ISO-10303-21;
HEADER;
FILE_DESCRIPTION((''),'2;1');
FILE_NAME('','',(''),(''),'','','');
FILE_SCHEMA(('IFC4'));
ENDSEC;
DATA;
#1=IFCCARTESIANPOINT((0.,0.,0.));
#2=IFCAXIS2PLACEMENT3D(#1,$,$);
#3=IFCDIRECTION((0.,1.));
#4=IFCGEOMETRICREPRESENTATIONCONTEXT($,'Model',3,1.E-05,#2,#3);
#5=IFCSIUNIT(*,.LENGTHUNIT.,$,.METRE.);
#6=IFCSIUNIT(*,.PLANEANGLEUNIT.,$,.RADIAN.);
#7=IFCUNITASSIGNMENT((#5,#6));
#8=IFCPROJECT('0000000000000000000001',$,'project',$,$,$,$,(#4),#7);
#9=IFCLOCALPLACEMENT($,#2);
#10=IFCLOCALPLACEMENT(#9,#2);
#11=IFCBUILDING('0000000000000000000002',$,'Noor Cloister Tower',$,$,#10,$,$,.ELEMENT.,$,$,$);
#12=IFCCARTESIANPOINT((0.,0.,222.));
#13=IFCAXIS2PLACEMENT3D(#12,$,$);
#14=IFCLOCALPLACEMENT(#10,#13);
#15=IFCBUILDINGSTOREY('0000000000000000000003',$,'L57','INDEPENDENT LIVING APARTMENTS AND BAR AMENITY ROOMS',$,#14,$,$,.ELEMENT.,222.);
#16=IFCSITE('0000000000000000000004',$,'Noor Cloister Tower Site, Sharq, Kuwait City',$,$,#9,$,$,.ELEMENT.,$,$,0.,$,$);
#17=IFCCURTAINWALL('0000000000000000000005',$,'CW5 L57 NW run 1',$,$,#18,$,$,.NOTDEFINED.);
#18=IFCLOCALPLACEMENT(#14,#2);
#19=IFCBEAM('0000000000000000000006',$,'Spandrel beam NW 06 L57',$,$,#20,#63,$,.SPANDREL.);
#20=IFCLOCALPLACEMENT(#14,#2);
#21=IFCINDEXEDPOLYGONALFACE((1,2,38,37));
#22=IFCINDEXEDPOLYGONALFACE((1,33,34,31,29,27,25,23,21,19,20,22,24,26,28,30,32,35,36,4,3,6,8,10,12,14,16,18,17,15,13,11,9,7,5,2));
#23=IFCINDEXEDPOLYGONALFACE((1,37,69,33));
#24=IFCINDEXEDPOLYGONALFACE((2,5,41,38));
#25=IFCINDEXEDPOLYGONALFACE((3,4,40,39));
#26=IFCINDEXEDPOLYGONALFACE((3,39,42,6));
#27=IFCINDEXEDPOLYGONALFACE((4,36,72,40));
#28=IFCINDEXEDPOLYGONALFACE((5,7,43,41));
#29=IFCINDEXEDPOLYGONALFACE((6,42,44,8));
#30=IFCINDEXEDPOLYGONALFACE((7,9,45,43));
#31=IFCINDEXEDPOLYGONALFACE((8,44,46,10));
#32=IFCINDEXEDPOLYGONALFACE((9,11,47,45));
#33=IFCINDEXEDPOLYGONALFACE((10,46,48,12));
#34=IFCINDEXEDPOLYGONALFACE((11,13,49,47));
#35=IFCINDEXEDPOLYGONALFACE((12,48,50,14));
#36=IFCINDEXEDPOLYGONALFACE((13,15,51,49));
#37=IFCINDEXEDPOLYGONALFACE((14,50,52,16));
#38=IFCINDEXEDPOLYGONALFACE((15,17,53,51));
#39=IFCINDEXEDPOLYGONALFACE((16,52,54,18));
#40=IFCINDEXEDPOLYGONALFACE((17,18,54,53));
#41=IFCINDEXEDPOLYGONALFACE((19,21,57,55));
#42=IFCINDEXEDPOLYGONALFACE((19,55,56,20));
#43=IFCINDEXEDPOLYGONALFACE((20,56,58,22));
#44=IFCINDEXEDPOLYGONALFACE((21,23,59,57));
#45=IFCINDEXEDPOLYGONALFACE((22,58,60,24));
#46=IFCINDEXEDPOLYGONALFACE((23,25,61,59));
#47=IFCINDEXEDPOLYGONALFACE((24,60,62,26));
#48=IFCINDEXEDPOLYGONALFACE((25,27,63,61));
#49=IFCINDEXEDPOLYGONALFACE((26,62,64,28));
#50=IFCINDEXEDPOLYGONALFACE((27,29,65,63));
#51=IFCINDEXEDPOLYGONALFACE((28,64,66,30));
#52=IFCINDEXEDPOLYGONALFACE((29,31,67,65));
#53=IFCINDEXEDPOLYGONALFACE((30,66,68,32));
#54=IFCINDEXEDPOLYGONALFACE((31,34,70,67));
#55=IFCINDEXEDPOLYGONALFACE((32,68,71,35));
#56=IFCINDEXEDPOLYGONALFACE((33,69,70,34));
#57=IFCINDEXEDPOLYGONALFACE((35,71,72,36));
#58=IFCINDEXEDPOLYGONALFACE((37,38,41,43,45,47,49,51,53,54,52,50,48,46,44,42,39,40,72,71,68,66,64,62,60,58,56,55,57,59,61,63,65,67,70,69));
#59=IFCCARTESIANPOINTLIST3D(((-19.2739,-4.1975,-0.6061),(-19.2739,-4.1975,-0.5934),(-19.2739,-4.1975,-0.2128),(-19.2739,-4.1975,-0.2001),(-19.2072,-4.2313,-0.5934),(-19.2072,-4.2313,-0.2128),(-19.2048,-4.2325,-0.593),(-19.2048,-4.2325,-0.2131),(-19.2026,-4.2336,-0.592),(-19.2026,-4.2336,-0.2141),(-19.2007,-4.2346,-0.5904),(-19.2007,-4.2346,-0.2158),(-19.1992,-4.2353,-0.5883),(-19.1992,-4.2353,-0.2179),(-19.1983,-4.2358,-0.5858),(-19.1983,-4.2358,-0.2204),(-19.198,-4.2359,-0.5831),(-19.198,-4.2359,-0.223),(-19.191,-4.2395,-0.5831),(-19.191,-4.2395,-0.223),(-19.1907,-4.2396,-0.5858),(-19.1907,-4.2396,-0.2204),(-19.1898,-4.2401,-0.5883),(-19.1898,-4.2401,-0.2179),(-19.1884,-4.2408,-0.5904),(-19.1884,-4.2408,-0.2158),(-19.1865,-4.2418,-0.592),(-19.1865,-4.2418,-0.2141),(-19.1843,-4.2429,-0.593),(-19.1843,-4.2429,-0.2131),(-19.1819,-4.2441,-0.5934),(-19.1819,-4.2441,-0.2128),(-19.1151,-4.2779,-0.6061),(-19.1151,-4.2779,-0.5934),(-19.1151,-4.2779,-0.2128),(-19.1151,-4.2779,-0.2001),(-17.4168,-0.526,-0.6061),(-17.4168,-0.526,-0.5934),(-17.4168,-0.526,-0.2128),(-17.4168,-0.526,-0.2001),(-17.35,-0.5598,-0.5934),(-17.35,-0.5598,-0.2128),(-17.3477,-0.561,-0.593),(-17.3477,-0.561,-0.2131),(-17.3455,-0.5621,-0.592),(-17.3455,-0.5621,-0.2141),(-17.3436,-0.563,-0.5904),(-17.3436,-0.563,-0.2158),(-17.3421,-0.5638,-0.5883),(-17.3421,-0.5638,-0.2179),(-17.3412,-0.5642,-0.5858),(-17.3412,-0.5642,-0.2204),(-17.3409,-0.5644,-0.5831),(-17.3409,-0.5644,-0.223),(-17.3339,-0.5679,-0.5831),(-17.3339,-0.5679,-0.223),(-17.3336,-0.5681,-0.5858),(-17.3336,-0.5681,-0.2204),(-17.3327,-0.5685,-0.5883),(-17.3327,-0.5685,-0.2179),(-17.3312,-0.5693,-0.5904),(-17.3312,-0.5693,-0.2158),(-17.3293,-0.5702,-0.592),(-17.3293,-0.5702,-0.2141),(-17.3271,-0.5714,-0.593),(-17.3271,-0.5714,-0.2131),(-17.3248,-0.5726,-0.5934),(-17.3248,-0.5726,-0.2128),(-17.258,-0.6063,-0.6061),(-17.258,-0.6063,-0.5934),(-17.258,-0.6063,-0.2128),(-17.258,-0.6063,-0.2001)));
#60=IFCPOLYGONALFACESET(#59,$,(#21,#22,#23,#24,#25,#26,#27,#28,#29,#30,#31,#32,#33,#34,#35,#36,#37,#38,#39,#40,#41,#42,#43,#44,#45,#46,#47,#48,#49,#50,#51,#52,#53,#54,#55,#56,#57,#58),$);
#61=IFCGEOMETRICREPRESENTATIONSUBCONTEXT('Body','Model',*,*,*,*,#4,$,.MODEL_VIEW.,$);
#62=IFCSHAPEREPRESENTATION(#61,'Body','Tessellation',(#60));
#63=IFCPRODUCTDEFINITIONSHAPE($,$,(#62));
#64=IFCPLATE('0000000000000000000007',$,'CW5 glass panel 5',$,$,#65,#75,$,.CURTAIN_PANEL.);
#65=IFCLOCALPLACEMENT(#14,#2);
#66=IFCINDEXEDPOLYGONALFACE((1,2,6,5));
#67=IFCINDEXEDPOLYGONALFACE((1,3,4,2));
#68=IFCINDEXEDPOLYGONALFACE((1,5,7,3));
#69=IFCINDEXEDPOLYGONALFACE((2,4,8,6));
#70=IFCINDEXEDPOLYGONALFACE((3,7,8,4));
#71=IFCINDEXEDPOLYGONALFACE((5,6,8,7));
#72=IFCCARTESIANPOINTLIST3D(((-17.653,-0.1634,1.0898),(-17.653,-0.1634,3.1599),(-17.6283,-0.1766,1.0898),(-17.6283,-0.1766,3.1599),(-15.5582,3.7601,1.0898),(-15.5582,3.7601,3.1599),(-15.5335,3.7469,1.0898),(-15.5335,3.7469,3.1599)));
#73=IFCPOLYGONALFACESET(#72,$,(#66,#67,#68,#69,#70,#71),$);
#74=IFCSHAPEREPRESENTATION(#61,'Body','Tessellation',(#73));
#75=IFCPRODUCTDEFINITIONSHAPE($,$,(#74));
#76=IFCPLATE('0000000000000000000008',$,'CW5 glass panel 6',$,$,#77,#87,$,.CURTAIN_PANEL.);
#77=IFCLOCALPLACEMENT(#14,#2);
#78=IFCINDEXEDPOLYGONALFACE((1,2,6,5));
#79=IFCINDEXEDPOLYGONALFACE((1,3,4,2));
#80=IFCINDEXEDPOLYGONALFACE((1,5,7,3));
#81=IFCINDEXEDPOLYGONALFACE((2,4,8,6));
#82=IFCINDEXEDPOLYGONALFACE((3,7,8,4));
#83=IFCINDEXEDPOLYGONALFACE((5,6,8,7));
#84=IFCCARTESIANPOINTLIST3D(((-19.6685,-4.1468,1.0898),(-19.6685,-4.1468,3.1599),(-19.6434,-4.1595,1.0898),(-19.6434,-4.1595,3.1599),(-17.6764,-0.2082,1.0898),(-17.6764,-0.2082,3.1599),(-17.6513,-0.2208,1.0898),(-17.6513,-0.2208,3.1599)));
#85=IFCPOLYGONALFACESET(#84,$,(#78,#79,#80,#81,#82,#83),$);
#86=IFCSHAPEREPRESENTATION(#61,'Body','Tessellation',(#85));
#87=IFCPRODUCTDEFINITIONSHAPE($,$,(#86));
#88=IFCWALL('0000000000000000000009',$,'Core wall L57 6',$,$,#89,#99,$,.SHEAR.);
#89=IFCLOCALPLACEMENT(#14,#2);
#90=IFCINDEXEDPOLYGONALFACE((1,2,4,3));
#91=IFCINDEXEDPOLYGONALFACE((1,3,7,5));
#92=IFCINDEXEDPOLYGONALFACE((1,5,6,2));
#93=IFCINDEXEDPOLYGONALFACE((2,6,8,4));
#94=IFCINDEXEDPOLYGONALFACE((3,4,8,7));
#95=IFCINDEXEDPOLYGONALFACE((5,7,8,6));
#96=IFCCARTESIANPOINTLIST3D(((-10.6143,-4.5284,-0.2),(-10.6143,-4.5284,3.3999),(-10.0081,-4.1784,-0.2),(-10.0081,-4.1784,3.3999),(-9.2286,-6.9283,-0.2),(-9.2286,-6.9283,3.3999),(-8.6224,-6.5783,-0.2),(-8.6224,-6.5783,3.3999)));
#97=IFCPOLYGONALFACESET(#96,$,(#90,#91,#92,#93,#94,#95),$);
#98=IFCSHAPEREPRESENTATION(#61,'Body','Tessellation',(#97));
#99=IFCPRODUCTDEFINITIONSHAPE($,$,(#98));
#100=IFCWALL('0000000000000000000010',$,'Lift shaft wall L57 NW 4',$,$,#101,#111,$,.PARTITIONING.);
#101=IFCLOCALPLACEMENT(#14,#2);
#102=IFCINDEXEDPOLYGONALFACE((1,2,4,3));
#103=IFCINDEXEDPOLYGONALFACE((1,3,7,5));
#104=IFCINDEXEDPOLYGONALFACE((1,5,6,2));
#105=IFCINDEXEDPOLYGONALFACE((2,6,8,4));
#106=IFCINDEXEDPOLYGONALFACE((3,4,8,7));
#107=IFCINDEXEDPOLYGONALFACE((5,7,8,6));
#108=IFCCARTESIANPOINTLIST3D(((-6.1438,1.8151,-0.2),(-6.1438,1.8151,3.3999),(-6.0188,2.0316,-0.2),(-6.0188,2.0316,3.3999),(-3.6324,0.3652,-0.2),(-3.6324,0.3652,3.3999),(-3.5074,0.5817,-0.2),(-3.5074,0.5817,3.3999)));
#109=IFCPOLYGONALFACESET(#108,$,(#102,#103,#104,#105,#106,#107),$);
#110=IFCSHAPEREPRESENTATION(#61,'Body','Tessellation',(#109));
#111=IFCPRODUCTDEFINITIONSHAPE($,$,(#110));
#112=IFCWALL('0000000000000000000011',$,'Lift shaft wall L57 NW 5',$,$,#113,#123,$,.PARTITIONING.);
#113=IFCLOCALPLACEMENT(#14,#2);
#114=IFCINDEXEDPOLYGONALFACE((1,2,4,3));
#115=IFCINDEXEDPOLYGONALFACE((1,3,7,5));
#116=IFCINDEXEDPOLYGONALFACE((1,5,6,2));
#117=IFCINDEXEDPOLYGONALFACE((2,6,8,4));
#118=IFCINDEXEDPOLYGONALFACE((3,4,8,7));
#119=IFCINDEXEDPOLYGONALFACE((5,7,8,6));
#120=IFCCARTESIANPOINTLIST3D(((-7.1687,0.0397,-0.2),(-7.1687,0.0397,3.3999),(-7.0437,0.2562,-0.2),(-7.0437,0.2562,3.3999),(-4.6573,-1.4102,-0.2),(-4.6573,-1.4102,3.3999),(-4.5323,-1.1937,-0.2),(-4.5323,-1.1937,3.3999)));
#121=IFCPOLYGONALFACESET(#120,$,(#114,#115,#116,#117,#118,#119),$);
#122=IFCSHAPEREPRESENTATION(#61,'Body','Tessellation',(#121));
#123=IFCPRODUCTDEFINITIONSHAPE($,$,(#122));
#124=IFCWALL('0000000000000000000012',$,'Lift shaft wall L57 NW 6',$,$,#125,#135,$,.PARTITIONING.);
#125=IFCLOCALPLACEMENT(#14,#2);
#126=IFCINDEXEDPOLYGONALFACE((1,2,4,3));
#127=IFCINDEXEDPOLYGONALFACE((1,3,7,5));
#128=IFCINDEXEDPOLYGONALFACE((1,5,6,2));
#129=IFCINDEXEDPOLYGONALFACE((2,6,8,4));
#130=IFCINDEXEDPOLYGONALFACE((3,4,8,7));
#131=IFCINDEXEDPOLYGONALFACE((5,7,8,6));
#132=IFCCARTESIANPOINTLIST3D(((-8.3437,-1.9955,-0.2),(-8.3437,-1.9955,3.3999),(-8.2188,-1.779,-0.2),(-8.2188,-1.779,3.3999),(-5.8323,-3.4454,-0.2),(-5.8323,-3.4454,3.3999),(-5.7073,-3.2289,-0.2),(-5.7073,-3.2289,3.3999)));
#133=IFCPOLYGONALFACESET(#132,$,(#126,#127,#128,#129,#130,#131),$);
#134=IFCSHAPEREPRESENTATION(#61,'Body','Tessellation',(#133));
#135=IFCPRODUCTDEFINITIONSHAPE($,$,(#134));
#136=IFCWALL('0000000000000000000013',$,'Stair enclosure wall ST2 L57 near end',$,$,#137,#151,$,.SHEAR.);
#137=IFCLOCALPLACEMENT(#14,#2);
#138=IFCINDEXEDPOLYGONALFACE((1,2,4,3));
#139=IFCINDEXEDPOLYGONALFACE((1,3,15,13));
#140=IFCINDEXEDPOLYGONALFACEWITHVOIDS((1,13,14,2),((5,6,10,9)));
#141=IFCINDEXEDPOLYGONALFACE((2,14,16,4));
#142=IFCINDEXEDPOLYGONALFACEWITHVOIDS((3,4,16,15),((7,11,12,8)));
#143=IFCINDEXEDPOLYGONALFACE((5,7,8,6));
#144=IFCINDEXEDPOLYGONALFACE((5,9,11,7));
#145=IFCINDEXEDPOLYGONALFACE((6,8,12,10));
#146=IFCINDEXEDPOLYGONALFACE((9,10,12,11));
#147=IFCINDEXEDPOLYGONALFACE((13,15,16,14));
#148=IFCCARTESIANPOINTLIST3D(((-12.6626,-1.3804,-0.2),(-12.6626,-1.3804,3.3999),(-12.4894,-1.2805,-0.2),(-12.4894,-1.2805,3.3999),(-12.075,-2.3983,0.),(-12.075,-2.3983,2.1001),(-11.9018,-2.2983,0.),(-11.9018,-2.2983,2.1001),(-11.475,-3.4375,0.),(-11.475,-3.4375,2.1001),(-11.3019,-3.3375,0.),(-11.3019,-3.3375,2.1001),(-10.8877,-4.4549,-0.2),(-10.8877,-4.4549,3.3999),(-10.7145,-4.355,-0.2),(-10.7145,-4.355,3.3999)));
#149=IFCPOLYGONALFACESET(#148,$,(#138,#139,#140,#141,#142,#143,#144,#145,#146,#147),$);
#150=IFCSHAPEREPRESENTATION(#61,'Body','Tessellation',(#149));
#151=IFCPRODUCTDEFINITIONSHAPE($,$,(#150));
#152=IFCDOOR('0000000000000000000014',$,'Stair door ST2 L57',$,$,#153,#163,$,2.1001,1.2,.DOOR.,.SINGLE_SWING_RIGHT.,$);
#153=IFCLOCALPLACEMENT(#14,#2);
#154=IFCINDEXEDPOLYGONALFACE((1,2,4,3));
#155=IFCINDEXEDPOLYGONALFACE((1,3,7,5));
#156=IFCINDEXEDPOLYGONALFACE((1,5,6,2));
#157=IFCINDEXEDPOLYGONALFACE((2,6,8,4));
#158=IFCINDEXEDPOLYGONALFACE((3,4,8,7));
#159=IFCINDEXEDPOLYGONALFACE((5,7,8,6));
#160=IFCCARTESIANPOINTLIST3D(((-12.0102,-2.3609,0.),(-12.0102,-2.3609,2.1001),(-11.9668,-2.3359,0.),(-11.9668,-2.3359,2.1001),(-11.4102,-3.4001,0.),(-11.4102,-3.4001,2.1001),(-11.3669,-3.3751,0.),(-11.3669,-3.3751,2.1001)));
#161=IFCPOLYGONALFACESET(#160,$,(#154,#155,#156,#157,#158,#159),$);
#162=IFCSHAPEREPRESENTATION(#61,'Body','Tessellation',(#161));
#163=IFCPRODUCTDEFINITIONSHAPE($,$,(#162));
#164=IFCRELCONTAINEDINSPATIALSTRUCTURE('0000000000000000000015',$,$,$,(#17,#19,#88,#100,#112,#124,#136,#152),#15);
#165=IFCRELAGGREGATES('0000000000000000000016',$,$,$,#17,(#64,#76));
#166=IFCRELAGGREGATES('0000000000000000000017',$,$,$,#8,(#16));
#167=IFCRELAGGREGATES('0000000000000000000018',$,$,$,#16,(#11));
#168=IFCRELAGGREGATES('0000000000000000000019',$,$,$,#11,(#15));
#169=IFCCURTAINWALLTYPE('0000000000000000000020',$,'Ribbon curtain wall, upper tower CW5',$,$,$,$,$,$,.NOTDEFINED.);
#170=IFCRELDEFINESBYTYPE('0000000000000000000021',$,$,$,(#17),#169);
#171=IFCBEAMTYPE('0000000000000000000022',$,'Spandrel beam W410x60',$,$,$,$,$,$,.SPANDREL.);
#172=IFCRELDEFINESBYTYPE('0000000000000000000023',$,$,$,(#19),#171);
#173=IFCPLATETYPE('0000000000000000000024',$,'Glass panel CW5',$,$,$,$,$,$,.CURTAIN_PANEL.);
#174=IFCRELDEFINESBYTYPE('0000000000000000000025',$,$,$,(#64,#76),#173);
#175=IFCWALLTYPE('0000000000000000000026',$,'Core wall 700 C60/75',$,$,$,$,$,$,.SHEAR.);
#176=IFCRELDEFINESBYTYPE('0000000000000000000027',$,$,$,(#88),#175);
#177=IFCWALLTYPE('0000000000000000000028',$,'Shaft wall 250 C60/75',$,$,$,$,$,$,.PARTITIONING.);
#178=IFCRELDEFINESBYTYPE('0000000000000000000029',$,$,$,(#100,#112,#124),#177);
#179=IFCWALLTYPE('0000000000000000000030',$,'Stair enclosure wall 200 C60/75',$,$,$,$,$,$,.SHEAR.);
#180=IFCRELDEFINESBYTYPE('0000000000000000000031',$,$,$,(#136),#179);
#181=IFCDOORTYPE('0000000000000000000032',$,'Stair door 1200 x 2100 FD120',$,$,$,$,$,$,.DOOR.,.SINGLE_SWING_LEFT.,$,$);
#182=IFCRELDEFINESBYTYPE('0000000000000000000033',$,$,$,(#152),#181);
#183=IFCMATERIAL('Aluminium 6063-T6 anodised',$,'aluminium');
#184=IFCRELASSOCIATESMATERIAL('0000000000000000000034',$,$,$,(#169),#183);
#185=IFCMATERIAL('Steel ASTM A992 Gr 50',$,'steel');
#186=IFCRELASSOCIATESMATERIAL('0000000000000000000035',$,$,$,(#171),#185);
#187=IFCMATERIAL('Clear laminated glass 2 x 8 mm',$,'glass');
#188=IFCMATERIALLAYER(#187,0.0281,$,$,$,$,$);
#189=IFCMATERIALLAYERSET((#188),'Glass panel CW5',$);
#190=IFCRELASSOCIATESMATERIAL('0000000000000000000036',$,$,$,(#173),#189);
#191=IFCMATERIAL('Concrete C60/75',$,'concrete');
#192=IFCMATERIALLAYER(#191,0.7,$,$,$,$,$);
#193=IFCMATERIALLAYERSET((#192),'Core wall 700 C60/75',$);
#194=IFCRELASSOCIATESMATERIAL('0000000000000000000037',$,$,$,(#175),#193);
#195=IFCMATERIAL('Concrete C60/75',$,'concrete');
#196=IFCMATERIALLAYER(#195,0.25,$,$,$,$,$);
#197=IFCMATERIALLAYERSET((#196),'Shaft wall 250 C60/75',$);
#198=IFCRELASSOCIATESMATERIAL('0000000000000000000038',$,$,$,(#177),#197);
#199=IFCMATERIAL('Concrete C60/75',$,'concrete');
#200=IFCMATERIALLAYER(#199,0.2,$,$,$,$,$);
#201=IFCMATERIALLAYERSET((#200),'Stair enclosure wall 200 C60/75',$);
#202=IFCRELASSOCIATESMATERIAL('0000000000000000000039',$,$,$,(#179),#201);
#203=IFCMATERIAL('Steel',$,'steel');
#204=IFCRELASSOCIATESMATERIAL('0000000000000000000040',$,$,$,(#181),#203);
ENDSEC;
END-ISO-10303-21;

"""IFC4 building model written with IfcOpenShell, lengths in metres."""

from ifc_helpers import new_model, si_unit, direction, frame, frame_2d, origin, origin_2d, place, context, subcontext, project, spatial, rectangle, i_section, extrude, material, layer, layer_set, material_profile, profile_set, type_object, element, fill, aggregate, save


model = new_model("IFC4")

# Units and contexts
model_context = context("Model", 3, precision=1e-05, world=origin(), true_north=direction((0.0, 1.0)))
body_context = subcontext(model_context, "Body", "Model", "MODEL_VIEW")
ifc_project = project(units=[si_unit("LENGTHUNIT", "METRE"), si_unit("PLANEANGLEUNIT", "RADIAN")], contexts=[model_context])

# Site, building, storey
site_placement = place(None, origin())
site = spatial("IfcSite", under=ifc_project, at=site_placement, Name="Noor Cloister Tower Site, Sharq, Kuwait City", CompositionType="ELEMENT", RefElevation=0.0)
building_placement = place(site_placement, origin())
building = spatial("IfcBuilding", under=site, at=building_placement, Name="Noor Cloister Tower", CompositionType="ELEMENT")
storey_placement = place(building_placement, frame((0.0, 0.0, 222.0)))
storey = spatial("IfcBuildingStorey", under=building, at=storey_placement, Name="L57", Description="INDEPENDENT LIVING APARTMENTS AND BAR AMENITY ROOMS", CompositionType="ELEMENT", Elevation=222.0)

# Curtain wall
ifc_material_1 = material(Name="Aluminium 6063-T6 anodised", Category="aluminium")
curtain_wall_type = type_object("IfcCurtainWallType", Name="Ribbon curtain wall, upper tower CW5", PredefinedType="NOTDEFINED", material=ifc_material_1)
curtain_wall_placement = place(storey_placement, origin())
curtain_wall = element("IfcCurtainWall", 1, at=curtain_wall_placement, inside=storey, type_object=curtain_wall_type, Name="CW5 L57 NW run 1", PredefinedType="NOTDEFINED")

# Beam
ifc_material_2 = material(Name="Steel ASTM A992 Gr 50", Category="steel")
ifc_material_profile_1 = material_profile(ifc_material_2, i_section(OverallWidth=0.178, OverallDepth=0.406, WebThickness=0.0078, FlangeThickness=0.0127, FilletRadius=0.0103, at=origin_2d()), Name="W410x60")
ifc_profile_set_1 = profile_set([ifc_material_profile_1], Name="Steel ASTM A992 Gr 50")
beam_type_1 = type_object("IfcBeamType", Name="Spandrel beam W410x60", PredefinedType="SPANDREL", material=ifc_profile_set_1)
beam_1_placement = place(storey_placement, frame((-17.3374, -0.5662, -0.4031), z_axis=(-0.451362, -0.892341, 0.0), x_axis=(0.892341, -0.451362, 0.0)))
element("IfcBeam", 2, at=beam_1_placement, inside=storey, type_object=beam_type_1, Name="Spandrel beam NW 06 L57", PredefinedType="SPANDREL", context=body_context, shape_type="SweptSolid", body=[
    extrude(i_section(OverallWidth=0.178, OverallDepth=0.406, WebThickness=0.0078, FlangeThickness=0.0127, FilletRadius=0.0103, at=origin_2d()), origin(), (0.0, 0.0, 1.0), 4.1145),
])

# Plates
ifc_material_3 = material(Name="Clear laminated glass 2 x 8 mm", Category="glass")
ifc_layer_1 = layer(ifc_material_3, 0.0281)
ifc_layer_set_1 = layer_set([ifc_layer_1], Name="Glass panel CW5")
plate_type = type_object("IfcPlateType", Name="Glass panel CW5", PredefinedType="CURTAIN_PANEL", material=ifc_layer_set_1)
plate_1_placement = place(storey_placement, frame((-16.5933, 1.7917, 1.0898), z_axis=(0.0, 0.0, 1.0), x_axis=(-0.470978, -0.882145, 0.0)))
plate_1 = element("IfcPlate", 3, at=plate_1_placement, type_object=plate_type, Name="CW5 glass panel 5", PredefinedType="CURTAIN_PANEL", context=body_context, shape_type="SweptSolid", body=[
    extrude(rectangle(XDim=4.4478, YDim=0.0281, at=origin_2d()), origin(), (0.0, 0.0, 1.0), 2.0701),
])
plate_2_placement = place(storey_placement, frame((-18.6599, -2.1838, 1.0898), z_axis=(0.0, 0.0, 1.0), x_axis=(-0.451339, -0.892353, 0.0)))
plate_2 = element("IfcPlate", 4, at=plate_2_placement, type_object=plate_type, Name="CW5 glass panel 6", PredefinedType="CURTAIN_PANEL", context=body_context, shape_type="SweptSolid", body=[
    extrude(rectangle(XDim=4.4138, YDim=0.0281, at=origin_2d()), origin(), (0.0, 0.0, 1.0), 2.0701),
])
aggregate(curtain_wall, [plate_1, plate_2])

# Walls
ifc_material_4 = material(Name="Concrete C60/75", Category="concrete")
ifc_layer_2 = layer(ifc_material_4, 0.7)
ifc_layer_set_2 = layer_set([ifc_layer_2], Name="Core wall 700 C60/75")
wall_type_1 = type_object("IfcWallType", Name="Core wall 700 C60/75", PredefinedType="SHEAR", material=ifc_layer_set_2)
wall_1_placement = place(storey_placement, frame((-10.3113, -4.3533, -0.2), z_axis=(0.0, 0.0, 1.0), x_axis=(0.500043, -0.866001, 0.0)))
element("IfcWall", 5, at=wall_1_placement, inside=storey, type_object=wall_type_1, Name="Core wall L57 6", PredefinedType="SHEAR", context=body_context, shape_type="SweptSolid", body=[
    extrude(rectangle(XDim=2.7712, YDim=0.7, at=frame_2d((1.3857, 0.0))), origin(), (0.0, 0.0, 1.0), 3.5999),
])
ifc_material_5 = material(Name="Concrete C60/75", Category="concrete")
ifc_layer_3 = layer(ifc_material_5, 0.25)
ifc_layer_set_3 = layer_set([ifc_layer_3], Name="Shaft wall 250 C60/75")
wall_type_2 = type_object("IfcWallType", Name="Shaft wall 250 C60/75", PredefinedType="PARTITIONING", material=ifc_layer_set_3)
for number, where, z_axis, x_axis, name in (
    (6, (-6.0813, 1.9233, -0.2), (0.0, 0.0, 1.0), (0.866033, -0.499987, 0.0), "Lift shaft wall L57 NW 4"),
    (7, (-7.1062, 0.1479, -0.2), (0.0, 0.0, 1.0), (0.866033, -0.499987, 0.0), "Lift shaft wall L57 NW 5"),
    (8, (-8.2812, -1.8872, -0.2), (0.0, 0.0, 1.0), (0.866033, -0.499987, 0.0), "Lift shaft wall L57 NW 6"),
):
    element("IfcWall", number, at=place(storey_placement, frame(where, z_axis=z_axis, x_axis=x_axis)), inside=storey, type_object=wall_type_2, Name=name, PredefinedType="PARTITIONING", context=body_context, shape_type="SweptSolid", body=[
        extrude(rectangle(XDim=2.8999, YDim=0.25, at=frame_2d((1.45, 0.0))), origin(), (0.0, 0.0, 1.0), 3.5999),
    ])

# Wall, opening, door
ifc_material_6 = material(Name="Concrete C60/75", Category="concrete")
ifc_layer_4 = layer(ifc_material_6, 0.2)
ifc_layer_set_4 = layer_set([ifc_layer_4], Name="Stair enclosure wall 200 C60/75")
wall_type_3 = type_object("IfcWallType", Name="Stair enclosure wall 200 C60/75", PredefinedType="SHEAR", material=ifc_layer_set_4)
wall_2_placement = place(storey_placement, frame((-12.5759, -1.3306, -0.2), z_axis=(0.0, 0.0, 1.0), x_axis=(0.49997, -0.866042, 0.0)))
wall_2 = element("IfcWall", 9, at=wall_2_placement, inside=storey, type_object=wall_type_3, Name="Stair enclosure wall ST2 L57 near end", PredefinedType="SHEAR", context=body_context, shape_type="SweptSolid", body=[
    extrude(rectangle(XDim=3.55, YDim=0.2, at=frame_2d((1.7749, 0.0))), origin(), (0.0, 0.0, 1.0), 3.5999),
])
opening_1_placement = place(wall_2_placement, frame((1.175, 0.0, 0.2)))
opening_1 = element("IfcOpeningElement", 10, at=opening_1_placement, cuts=wall_2, PredefinedType="OPENING", context=body_context, shape_type="SweptSolid", body=[
    extrude(rectangle(XDim=1.2, YDim=2.1001, at=frame_2d((0.6001, 1.05))), frame((0.0, 0.1099, 0.0), z_axis=(0.0, -1.0, 0.0), x_axis=(1.0, 0.0, 0.0)), (0.0, 0.0, 1.0), 0.22),
])
ifc_material_7 = material(Name="Steel", Category="steel")
door_type = type_object("IfcDoorType", Name="Stair door 1200 x 2100 FD120", OperationType="SINGLE_SWING_LEFT", PredefinedType="DOOR", material=ifc_material_7)
door_1_placement = place(opening_1_placement, origin())
door_1 = element("IfcDoor", 11, at=door_1_placement, inside=storey, type_object=door_type, Name="Stair door ST2 L57", OperationType="SINGLE_SWING_RIGHT", OverallHeight=2.1001, OverallWidth=1.2, PredefinedType="DOOR", context=body_context, shape_type="SweptSolid", body=[
    extrude(rectangle(XDim=1.2, YDim=2.1001, at=frame_2d((0.6001, 1.05))), frame((0.0, 0.0249, 0.0), z_axis=(0.0, -1.0, 0.0), x_axis=(1.0, 0.0, 0.0)), (0.0, 0.0, 1.0), 0.05),
])
fill(opening_1, door_1)

save(model, "model.ifc")
